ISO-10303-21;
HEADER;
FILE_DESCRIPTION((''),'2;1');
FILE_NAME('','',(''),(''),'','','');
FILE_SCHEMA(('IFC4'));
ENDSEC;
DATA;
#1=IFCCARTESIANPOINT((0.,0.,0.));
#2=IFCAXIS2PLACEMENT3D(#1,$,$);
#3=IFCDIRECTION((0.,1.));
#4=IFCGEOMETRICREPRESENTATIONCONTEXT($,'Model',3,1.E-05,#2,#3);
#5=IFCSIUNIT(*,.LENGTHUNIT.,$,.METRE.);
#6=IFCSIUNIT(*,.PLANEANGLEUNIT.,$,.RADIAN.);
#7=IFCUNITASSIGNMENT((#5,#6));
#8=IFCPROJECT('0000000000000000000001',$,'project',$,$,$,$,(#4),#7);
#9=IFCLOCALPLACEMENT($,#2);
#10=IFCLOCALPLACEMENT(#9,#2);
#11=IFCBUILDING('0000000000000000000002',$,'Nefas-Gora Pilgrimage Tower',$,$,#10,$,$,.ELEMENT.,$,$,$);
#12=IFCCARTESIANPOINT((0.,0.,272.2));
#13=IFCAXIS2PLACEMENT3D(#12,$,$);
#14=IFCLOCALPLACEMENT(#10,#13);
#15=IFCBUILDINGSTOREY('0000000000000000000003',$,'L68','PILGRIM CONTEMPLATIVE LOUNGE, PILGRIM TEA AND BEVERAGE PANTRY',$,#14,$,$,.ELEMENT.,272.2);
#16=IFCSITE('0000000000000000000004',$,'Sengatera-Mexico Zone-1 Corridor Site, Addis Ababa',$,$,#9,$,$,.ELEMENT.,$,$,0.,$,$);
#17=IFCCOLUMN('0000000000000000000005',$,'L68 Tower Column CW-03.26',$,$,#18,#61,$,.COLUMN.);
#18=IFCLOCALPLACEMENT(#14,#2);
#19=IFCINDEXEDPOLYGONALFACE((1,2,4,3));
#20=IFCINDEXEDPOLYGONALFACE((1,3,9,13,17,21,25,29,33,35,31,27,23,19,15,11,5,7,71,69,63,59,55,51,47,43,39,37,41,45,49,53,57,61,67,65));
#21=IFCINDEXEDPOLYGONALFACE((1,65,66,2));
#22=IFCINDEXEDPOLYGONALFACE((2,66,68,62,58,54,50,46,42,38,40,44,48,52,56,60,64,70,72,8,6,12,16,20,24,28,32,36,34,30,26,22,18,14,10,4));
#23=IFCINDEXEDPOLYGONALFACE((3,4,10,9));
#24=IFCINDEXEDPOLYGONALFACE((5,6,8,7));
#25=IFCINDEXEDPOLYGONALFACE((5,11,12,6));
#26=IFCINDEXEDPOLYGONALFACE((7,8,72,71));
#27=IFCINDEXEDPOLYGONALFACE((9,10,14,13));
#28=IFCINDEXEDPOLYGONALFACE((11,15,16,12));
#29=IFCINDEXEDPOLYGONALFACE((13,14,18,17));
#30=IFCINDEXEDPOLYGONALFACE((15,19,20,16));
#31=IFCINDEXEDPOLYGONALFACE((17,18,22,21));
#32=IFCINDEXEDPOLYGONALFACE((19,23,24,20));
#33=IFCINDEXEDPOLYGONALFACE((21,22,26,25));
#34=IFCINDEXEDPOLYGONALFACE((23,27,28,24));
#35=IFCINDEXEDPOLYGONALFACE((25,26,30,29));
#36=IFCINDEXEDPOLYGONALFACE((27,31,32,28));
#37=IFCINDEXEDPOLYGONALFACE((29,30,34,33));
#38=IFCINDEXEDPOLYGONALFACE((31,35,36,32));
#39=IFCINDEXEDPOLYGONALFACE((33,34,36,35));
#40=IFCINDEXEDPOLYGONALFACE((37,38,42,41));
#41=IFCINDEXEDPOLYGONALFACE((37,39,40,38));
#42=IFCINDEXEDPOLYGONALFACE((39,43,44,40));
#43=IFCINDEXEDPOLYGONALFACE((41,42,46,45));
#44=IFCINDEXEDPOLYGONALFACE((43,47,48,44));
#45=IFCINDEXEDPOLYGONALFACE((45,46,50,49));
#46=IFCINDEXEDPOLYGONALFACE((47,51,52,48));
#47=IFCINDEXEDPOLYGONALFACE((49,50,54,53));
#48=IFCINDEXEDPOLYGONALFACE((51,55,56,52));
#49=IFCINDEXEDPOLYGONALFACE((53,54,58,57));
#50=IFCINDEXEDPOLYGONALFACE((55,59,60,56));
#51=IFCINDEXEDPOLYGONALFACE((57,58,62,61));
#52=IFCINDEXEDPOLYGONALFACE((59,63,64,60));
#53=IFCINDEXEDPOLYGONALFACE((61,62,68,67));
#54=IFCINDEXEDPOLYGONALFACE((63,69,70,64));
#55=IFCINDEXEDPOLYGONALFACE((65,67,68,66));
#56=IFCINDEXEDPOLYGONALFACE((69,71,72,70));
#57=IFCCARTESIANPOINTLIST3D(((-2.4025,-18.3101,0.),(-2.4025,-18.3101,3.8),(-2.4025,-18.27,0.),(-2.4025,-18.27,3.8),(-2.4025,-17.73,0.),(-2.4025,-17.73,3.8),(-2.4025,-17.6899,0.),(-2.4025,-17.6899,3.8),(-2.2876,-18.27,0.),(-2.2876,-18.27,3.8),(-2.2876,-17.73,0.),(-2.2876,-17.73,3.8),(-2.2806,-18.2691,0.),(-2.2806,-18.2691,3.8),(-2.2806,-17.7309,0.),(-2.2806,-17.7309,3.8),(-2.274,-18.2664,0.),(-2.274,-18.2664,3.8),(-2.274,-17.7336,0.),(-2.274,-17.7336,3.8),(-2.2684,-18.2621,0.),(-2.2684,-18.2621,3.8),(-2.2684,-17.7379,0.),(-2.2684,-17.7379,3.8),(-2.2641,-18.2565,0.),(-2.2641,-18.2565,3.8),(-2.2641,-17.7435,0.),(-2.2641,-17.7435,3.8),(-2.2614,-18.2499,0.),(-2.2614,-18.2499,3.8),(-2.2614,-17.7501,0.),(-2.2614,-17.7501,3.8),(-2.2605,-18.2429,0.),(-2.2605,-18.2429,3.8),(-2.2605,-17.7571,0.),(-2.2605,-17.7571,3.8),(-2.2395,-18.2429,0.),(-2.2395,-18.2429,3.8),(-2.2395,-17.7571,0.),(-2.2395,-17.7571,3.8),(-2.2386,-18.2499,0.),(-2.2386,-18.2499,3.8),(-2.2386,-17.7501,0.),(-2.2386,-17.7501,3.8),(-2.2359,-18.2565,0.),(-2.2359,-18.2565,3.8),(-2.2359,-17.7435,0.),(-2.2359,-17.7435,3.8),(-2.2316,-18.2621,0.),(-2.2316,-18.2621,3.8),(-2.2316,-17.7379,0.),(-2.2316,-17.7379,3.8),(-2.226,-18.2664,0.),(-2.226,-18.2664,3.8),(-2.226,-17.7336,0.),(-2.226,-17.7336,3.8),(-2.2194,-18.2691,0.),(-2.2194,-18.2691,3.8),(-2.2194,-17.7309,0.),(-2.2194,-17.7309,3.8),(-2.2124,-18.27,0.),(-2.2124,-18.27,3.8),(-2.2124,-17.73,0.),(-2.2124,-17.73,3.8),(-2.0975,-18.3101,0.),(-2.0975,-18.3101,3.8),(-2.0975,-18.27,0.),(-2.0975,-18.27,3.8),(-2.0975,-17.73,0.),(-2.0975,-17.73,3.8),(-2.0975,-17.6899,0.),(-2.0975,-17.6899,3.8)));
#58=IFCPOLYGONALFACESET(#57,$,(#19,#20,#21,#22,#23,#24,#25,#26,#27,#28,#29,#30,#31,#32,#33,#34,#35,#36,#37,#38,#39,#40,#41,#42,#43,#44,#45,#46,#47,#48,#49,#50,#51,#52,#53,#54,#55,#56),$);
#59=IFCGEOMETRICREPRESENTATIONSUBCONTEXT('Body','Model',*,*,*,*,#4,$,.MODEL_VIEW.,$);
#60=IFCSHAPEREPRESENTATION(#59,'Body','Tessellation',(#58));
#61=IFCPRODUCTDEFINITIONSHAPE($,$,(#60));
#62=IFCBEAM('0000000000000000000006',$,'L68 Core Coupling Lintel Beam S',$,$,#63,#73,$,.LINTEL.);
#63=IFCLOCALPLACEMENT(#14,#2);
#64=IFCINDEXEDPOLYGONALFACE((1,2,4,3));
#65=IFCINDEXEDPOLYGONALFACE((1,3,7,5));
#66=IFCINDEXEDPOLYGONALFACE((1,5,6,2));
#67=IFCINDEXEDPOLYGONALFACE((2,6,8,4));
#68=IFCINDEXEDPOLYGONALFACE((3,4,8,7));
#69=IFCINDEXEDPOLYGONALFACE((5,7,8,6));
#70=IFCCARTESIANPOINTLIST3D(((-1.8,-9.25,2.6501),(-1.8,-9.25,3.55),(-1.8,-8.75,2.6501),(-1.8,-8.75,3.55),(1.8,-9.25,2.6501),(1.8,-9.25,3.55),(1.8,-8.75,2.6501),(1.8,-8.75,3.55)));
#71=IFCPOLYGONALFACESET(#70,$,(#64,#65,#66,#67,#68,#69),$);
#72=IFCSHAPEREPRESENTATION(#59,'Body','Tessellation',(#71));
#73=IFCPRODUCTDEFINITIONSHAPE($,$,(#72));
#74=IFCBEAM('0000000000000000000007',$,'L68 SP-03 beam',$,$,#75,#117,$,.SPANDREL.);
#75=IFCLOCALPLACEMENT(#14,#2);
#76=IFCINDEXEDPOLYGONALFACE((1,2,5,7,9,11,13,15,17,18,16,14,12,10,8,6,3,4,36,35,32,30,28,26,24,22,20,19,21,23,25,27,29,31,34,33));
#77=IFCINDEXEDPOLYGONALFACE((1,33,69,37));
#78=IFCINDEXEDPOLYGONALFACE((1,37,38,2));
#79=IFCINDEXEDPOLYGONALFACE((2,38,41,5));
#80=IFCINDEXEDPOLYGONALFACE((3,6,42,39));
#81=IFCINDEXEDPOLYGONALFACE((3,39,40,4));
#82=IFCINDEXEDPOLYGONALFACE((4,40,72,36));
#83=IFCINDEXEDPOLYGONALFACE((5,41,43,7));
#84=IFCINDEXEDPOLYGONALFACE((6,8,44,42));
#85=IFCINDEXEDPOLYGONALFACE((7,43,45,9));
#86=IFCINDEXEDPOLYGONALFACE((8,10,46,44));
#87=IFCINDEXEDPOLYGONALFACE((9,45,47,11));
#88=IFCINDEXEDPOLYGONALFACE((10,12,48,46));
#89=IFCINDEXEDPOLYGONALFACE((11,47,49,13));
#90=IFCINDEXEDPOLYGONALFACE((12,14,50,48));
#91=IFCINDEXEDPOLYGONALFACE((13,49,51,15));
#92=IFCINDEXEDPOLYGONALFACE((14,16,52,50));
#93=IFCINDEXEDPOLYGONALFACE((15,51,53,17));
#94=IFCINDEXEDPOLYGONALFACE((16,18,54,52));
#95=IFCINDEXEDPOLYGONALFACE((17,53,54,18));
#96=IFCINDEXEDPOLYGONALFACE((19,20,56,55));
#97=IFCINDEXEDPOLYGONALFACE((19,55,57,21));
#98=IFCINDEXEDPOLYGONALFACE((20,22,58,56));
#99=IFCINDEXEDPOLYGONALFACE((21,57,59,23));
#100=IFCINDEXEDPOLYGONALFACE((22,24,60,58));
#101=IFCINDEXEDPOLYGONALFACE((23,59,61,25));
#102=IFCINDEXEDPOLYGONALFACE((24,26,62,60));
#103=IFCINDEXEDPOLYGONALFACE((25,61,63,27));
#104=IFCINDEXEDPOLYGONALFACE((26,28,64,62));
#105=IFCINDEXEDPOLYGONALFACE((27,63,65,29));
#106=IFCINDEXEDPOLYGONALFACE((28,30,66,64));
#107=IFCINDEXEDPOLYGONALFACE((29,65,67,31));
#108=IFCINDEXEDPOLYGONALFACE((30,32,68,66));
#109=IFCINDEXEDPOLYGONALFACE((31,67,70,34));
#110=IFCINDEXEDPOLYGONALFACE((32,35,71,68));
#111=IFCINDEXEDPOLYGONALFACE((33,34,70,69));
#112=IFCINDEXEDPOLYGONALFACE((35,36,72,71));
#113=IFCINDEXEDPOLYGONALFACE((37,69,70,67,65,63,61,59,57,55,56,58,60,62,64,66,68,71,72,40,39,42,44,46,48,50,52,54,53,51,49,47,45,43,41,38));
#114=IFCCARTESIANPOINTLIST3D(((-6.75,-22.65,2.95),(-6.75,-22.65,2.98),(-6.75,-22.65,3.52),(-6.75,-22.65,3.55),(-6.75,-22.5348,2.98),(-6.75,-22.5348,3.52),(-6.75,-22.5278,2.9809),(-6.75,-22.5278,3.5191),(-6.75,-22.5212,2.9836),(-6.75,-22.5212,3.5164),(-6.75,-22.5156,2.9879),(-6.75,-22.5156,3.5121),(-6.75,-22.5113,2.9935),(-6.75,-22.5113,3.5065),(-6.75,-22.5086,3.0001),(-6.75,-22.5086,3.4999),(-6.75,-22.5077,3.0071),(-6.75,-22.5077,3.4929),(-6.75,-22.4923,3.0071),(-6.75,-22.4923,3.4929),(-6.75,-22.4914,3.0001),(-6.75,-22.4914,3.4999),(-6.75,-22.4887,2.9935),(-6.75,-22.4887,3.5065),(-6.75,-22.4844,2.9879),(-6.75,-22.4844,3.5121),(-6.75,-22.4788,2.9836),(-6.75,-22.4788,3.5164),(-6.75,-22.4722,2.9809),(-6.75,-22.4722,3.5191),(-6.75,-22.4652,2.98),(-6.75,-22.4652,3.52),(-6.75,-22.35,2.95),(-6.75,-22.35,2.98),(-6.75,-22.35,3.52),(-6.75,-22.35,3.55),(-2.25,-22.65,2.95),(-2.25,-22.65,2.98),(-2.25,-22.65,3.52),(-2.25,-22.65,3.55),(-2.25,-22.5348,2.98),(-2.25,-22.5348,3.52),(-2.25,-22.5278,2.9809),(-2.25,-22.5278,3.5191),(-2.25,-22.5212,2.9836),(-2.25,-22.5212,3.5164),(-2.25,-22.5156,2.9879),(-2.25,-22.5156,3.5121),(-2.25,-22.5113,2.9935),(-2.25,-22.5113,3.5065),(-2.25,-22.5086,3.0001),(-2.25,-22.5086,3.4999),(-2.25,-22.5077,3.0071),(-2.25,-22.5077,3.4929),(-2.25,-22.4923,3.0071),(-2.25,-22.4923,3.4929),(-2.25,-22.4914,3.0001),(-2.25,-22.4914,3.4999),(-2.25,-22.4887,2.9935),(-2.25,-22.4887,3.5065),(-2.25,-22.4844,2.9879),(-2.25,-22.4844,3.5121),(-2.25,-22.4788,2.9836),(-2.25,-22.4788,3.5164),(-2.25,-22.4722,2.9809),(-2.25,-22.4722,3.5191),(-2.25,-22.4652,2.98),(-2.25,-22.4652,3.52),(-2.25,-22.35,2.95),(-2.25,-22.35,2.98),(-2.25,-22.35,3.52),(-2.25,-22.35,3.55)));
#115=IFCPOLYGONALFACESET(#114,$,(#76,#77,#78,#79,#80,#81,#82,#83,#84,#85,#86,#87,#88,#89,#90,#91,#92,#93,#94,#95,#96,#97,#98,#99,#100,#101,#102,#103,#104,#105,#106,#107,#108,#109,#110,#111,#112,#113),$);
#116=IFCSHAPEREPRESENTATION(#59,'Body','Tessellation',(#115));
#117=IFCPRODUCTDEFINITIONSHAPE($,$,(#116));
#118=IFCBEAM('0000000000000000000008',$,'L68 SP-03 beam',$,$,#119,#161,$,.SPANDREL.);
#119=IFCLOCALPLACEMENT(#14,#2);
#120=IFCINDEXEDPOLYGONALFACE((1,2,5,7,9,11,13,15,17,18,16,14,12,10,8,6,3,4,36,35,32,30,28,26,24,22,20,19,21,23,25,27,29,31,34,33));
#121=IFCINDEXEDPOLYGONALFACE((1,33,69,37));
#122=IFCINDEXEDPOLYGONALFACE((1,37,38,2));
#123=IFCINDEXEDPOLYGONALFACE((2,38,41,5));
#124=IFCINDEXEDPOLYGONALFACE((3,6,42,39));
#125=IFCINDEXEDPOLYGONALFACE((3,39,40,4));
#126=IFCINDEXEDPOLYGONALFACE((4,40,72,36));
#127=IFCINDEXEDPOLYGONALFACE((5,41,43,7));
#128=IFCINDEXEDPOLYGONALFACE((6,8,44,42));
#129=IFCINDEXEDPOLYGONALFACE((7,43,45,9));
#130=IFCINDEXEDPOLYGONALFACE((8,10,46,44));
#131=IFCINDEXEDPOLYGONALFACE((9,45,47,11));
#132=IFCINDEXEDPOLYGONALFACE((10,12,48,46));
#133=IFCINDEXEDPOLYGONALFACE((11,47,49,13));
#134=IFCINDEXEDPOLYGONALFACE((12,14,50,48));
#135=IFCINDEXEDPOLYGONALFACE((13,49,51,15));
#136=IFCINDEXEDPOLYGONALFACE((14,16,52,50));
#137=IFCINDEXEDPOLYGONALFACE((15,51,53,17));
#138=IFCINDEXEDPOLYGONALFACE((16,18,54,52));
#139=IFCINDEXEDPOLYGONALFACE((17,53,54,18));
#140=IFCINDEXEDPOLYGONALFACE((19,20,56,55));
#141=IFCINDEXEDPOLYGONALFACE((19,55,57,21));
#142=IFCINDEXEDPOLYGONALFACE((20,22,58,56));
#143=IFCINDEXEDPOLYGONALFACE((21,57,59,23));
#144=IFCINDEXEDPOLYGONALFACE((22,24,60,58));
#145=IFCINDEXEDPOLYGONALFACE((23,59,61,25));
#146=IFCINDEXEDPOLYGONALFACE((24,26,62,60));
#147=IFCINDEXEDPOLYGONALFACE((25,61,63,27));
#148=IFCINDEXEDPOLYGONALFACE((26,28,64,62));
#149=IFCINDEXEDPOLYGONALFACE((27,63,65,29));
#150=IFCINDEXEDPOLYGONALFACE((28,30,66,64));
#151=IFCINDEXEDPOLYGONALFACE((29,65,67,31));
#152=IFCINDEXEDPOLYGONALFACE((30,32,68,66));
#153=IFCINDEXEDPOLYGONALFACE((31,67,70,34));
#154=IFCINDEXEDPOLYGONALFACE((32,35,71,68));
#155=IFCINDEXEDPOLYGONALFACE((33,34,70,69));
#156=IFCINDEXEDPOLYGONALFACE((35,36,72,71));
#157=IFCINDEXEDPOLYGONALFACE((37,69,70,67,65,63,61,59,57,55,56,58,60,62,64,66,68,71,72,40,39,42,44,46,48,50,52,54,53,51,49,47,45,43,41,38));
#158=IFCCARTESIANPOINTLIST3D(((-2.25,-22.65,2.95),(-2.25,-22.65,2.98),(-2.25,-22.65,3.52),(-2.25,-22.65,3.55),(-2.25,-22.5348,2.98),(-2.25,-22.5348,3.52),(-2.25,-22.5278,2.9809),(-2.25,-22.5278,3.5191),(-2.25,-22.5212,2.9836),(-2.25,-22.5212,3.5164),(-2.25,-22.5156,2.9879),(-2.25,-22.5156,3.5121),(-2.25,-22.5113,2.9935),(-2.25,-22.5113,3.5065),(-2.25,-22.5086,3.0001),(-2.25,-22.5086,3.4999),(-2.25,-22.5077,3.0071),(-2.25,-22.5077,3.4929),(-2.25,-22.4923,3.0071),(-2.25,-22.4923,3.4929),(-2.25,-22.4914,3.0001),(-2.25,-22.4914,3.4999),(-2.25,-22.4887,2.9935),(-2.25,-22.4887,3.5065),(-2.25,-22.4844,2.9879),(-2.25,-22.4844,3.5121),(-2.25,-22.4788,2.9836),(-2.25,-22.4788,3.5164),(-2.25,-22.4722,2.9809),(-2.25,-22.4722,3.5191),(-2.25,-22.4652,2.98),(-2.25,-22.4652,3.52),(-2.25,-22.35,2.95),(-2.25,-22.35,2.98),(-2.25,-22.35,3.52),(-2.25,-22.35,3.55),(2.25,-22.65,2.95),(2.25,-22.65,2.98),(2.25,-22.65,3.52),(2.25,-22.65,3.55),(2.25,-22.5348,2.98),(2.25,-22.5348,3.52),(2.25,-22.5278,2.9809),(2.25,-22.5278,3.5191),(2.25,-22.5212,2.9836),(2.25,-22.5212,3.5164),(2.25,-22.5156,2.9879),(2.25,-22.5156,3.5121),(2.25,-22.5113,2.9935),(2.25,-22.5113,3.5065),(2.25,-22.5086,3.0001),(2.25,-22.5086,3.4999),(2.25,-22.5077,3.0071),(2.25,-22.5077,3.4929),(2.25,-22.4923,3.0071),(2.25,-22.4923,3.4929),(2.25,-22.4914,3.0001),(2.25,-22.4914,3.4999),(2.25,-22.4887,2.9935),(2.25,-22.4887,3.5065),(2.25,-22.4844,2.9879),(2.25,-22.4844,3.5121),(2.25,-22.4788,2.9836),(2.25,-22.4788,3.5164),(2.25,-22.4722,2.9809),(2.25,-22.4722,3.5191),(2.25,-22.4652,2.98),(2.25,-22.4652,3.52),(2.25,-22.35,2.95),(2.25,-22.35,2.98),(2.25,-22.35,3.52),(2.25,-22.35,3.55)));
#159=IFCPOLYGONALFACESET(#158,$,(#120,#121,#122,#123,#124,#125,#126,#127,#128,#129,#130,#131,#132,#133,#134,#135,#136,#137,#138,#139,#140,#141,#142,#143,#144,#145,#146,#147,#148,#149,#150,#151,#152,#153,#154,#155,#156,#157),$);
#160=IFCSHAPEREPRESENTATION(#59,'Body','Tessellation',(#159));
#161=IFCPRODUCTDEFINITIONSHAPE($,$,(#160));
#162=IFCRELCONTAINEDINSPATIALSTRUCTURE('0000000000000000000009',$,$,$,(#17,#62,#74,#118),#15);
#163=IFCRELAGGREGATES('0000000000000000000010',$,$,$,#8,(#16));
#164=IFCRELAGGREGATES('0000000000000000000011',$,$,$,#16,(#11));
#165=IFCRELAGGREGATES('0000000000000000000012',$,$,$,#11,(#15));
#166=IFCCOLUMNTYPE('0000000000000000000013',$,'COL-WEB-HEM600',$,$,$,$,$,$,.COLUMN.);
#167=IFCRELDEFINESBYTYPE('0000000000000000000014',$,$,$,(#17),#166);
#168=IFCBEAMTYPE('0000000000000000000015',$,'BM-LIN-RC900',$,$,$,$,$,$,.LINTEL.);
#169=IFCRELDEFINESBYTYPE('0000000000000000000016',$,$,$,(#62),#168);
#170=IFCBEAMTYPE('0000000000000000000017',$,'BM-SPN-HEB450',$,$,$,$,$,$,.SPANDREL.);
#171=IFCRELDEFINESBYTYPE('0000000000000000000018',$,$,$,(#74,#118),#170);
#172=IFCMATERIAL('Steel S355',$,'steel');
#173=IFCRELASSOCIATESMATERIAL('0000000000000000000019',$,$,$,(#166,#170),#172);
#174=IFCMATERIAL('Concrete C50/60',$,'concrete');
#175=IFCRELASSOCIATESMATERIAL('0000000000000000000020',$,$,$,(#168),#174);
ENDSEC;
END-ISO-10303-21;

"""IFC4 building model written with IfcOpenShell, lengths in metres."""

from ifc_helpers import new_model, si_unit, direction, frame, origin, origin_2d, place, context, subcontext, project, spatial, rectangle, i_section, extrude, source, transform, mapped, material, material_profile, profile_set, type_object, element, save


model = new_model("IFC4")

# Units and contexts
model_context = context("Model", 3, precision=1e-05, world=origin(), true_north=direction((0.0, 1.0)))
body_context = subcontext(model_context, "Body", "Model", "MODEL_VIEW")
ifc_project = project(units=[si_unit("LENGTHUNIT", "METRE"), si_unit("PLANEANGLEUNIT", "RADIAN")], contexts=[model_context])

# Site, building, storey
site_placement = place(None, origin())
site = spatial("IfcSite", under=ifc_project, at=site_placement, Name="Sengatera-Mexico Zone-1 Corridor Site, Addis Ababa", CompositionType="ELEMENT", RefElevation=0.0)
building_placement = place(site_placement, origin())
building = spatial("IfcBuilding", under=site, at=building_placement, Name="Nefas-Gora Pilgrimage Tower", CompositionType="ELEMENT")
storey_placement = place(building_placement, frame((0.0, 0.0, 272.2)))
storey = spatial("IfcBuildingStorey", under=building, at=storey_placement, Name="L68", Description="PILGRIM CONTEMPLATIVE LOUNGE, PILGRIM TEA AND BEVERAGE PANTRY", CompositionType="ELEMENT", Elevation=272.2)

# Column
ifc_material_1 = material(Name="Steel S355", Category="steel")
ifc_material_profile_1 = material_profile(ifc_material_1, i_section(OverallWidth=0.3049, OverallDepth=0.6201, WebThickness=0.021, FlangeThickness=0.04, FilletRadius=0.0271, at=origin_2d()), Name="HEM 600")
ifc_profile_set_1 = profile_set([ifc_material_profile_1], Name="Steel S355")
column_type_1 = type_object("IfcColumnType", Name="COL-WEB-HEM600", PredefinedType="COLUMN", material=ifc_profile_set_1)
shared_shape_1 = source(origin(), body_context, "Body", "SweptSolid", [
    extrude(i_section(OverallWidth=0.3049, OverallDepth=0.6201, WebThickness=0.021, FlangeThickness=0.04, FilletRadius=0.0271, at=origin_2d()), origin(), (0.0, 0.0, 1.0), 3.8),
])
for number, where, z_axis, x_axis, name in (
    (1, (-2.25, -18.0, 0.0), (0.0, 0.0, 1.0), (1.0, 0.0, 0.0), "L68 Tower Column CW-03.26"),
):
    element("IfcColumn", number, at=place(storey_placement, frame(where, z_axis=z_axis, x_axis=x_axis)), inside=storey, type_object=column_type_1, Name=name, PredefinedType="COLUMN", context=body_context, shape_type="MappedRepresentation", body=[
        mapped(shared_shape_1, transform((0.0, 0.0, 0.0), x_axis=(1.0, 0.0, 0.0), y_axis=(0.0, 1.0, 0.0), z_axis=(0.0, 0.0, 1.0), scale=1.0)),
    ])

# Beams
ifc_material_2 = material(Name="Concrete C50/60", Category="concrete")
ifc_material_profile_2 = material_profile(ifc_material_2, rectangle(XDim=0.5, YDim=0.8999, at=origin_2d()), Name="RC 500x900")
ifc_profile_set_2 = profile_set([ifc_material_profile_2], Name="Concrete C50/60")
beam_type_1 = type_object("IfcBeamType", Name="BM-LIN-RC900", PredefinedType="LINTEL", material=ifc_profile_set_2)
shared_shape_2 = source(origin(), body_context, "Body", "SweptSolid", [
    extrude(rectangle(XDim=0.5, YDim=0.8999, at=origin_2d()), origin(), (0.0, 0.0, 1.0), 3.6001),
])
beam_placement = place(storey_placement, frame((-1.8, -9.0, 3.1001), z_axis=(1.0, 0.0, 0.0), x_axis=(0.0, 1.0, 0.0)))
element("IfcBeam", 2, at=beam_placement, inside=storey, type_object=beam_type_1, Name="L68 Core Coupling Lintel Beam S", PredefinedType="LINTEL", context=body_context, shape_type="MappedRepresentation", body=[
    mapped(shared_shape_2, transform((0.0, 0.0, 0.0), x_axis=(1.0, 0.0, 0.0), y_axis=(0.0, 1.0, 0.0), z_axis=(0.0, 0.0, 1.0), scale=1.0)),
])
ifc_material_profile_3 = material_profile(ifc_material_1, i_section(OverallWidth=0.3, OverallDepth=0.6001, WebThickness=0.0154, FlangeThickness=0.03, FilletRadius=0.0271, at=origin_2d()), Name="HEB 600")
ifc_profile_set_3 = profile_set([ifc_material_profile_3], Name="Steel S355")
beam_type_2 = type_object("IfcBeamType", Name="BM-SPN-HEB450", PredefinedType="SPANDREL", material=ifc_profile_set_3)
shared_shape_3 = source(origin(), body_context, "Body", "SweptSolid", [
    extrude(i_section(OverallWidth=0.3, OverallDepth=0.6001, WebThickness=0.0154, FlangeThickness=0.03, FilletRadius=0.0271, at=origin_2d()), origin(), (0.0, 0.0, 1.0), 4.5),
])
for number, where, z_axis, x_axis, name in (
    (3, (-6.75, -22.5, 3.25), (1.0, 0.0, 0.0), (0.0, 1.0, 0.0), "L68 SP-03 beam"),
    (4, (-2.25, -22.5, 3.25), (1.0, 0.0, 0.0), (0.0, 1.0, 0.0), "L68 SP-03 beam"),
):
    element("IfcBeam", number, at=place(storey_placement, frame(where, z_axis=z_axis, x_axis=x_axis)), inside=storey, type_object=beam_type_2, Name=name, PredefinedType="SPANDREL", context=body_context, shape_type="MappedRepresentation", body=[
        mapped(shared_shape_3, transform((0.0, 0.0, 0.0), x_axis=(1.0, 0.0, 0.0), y_axis=(0.0, 1.0, 0.0), z_axis=(0.0, 0.0, 1.0), scale=1.0)),
    ])

save(model, "model.ifc")
